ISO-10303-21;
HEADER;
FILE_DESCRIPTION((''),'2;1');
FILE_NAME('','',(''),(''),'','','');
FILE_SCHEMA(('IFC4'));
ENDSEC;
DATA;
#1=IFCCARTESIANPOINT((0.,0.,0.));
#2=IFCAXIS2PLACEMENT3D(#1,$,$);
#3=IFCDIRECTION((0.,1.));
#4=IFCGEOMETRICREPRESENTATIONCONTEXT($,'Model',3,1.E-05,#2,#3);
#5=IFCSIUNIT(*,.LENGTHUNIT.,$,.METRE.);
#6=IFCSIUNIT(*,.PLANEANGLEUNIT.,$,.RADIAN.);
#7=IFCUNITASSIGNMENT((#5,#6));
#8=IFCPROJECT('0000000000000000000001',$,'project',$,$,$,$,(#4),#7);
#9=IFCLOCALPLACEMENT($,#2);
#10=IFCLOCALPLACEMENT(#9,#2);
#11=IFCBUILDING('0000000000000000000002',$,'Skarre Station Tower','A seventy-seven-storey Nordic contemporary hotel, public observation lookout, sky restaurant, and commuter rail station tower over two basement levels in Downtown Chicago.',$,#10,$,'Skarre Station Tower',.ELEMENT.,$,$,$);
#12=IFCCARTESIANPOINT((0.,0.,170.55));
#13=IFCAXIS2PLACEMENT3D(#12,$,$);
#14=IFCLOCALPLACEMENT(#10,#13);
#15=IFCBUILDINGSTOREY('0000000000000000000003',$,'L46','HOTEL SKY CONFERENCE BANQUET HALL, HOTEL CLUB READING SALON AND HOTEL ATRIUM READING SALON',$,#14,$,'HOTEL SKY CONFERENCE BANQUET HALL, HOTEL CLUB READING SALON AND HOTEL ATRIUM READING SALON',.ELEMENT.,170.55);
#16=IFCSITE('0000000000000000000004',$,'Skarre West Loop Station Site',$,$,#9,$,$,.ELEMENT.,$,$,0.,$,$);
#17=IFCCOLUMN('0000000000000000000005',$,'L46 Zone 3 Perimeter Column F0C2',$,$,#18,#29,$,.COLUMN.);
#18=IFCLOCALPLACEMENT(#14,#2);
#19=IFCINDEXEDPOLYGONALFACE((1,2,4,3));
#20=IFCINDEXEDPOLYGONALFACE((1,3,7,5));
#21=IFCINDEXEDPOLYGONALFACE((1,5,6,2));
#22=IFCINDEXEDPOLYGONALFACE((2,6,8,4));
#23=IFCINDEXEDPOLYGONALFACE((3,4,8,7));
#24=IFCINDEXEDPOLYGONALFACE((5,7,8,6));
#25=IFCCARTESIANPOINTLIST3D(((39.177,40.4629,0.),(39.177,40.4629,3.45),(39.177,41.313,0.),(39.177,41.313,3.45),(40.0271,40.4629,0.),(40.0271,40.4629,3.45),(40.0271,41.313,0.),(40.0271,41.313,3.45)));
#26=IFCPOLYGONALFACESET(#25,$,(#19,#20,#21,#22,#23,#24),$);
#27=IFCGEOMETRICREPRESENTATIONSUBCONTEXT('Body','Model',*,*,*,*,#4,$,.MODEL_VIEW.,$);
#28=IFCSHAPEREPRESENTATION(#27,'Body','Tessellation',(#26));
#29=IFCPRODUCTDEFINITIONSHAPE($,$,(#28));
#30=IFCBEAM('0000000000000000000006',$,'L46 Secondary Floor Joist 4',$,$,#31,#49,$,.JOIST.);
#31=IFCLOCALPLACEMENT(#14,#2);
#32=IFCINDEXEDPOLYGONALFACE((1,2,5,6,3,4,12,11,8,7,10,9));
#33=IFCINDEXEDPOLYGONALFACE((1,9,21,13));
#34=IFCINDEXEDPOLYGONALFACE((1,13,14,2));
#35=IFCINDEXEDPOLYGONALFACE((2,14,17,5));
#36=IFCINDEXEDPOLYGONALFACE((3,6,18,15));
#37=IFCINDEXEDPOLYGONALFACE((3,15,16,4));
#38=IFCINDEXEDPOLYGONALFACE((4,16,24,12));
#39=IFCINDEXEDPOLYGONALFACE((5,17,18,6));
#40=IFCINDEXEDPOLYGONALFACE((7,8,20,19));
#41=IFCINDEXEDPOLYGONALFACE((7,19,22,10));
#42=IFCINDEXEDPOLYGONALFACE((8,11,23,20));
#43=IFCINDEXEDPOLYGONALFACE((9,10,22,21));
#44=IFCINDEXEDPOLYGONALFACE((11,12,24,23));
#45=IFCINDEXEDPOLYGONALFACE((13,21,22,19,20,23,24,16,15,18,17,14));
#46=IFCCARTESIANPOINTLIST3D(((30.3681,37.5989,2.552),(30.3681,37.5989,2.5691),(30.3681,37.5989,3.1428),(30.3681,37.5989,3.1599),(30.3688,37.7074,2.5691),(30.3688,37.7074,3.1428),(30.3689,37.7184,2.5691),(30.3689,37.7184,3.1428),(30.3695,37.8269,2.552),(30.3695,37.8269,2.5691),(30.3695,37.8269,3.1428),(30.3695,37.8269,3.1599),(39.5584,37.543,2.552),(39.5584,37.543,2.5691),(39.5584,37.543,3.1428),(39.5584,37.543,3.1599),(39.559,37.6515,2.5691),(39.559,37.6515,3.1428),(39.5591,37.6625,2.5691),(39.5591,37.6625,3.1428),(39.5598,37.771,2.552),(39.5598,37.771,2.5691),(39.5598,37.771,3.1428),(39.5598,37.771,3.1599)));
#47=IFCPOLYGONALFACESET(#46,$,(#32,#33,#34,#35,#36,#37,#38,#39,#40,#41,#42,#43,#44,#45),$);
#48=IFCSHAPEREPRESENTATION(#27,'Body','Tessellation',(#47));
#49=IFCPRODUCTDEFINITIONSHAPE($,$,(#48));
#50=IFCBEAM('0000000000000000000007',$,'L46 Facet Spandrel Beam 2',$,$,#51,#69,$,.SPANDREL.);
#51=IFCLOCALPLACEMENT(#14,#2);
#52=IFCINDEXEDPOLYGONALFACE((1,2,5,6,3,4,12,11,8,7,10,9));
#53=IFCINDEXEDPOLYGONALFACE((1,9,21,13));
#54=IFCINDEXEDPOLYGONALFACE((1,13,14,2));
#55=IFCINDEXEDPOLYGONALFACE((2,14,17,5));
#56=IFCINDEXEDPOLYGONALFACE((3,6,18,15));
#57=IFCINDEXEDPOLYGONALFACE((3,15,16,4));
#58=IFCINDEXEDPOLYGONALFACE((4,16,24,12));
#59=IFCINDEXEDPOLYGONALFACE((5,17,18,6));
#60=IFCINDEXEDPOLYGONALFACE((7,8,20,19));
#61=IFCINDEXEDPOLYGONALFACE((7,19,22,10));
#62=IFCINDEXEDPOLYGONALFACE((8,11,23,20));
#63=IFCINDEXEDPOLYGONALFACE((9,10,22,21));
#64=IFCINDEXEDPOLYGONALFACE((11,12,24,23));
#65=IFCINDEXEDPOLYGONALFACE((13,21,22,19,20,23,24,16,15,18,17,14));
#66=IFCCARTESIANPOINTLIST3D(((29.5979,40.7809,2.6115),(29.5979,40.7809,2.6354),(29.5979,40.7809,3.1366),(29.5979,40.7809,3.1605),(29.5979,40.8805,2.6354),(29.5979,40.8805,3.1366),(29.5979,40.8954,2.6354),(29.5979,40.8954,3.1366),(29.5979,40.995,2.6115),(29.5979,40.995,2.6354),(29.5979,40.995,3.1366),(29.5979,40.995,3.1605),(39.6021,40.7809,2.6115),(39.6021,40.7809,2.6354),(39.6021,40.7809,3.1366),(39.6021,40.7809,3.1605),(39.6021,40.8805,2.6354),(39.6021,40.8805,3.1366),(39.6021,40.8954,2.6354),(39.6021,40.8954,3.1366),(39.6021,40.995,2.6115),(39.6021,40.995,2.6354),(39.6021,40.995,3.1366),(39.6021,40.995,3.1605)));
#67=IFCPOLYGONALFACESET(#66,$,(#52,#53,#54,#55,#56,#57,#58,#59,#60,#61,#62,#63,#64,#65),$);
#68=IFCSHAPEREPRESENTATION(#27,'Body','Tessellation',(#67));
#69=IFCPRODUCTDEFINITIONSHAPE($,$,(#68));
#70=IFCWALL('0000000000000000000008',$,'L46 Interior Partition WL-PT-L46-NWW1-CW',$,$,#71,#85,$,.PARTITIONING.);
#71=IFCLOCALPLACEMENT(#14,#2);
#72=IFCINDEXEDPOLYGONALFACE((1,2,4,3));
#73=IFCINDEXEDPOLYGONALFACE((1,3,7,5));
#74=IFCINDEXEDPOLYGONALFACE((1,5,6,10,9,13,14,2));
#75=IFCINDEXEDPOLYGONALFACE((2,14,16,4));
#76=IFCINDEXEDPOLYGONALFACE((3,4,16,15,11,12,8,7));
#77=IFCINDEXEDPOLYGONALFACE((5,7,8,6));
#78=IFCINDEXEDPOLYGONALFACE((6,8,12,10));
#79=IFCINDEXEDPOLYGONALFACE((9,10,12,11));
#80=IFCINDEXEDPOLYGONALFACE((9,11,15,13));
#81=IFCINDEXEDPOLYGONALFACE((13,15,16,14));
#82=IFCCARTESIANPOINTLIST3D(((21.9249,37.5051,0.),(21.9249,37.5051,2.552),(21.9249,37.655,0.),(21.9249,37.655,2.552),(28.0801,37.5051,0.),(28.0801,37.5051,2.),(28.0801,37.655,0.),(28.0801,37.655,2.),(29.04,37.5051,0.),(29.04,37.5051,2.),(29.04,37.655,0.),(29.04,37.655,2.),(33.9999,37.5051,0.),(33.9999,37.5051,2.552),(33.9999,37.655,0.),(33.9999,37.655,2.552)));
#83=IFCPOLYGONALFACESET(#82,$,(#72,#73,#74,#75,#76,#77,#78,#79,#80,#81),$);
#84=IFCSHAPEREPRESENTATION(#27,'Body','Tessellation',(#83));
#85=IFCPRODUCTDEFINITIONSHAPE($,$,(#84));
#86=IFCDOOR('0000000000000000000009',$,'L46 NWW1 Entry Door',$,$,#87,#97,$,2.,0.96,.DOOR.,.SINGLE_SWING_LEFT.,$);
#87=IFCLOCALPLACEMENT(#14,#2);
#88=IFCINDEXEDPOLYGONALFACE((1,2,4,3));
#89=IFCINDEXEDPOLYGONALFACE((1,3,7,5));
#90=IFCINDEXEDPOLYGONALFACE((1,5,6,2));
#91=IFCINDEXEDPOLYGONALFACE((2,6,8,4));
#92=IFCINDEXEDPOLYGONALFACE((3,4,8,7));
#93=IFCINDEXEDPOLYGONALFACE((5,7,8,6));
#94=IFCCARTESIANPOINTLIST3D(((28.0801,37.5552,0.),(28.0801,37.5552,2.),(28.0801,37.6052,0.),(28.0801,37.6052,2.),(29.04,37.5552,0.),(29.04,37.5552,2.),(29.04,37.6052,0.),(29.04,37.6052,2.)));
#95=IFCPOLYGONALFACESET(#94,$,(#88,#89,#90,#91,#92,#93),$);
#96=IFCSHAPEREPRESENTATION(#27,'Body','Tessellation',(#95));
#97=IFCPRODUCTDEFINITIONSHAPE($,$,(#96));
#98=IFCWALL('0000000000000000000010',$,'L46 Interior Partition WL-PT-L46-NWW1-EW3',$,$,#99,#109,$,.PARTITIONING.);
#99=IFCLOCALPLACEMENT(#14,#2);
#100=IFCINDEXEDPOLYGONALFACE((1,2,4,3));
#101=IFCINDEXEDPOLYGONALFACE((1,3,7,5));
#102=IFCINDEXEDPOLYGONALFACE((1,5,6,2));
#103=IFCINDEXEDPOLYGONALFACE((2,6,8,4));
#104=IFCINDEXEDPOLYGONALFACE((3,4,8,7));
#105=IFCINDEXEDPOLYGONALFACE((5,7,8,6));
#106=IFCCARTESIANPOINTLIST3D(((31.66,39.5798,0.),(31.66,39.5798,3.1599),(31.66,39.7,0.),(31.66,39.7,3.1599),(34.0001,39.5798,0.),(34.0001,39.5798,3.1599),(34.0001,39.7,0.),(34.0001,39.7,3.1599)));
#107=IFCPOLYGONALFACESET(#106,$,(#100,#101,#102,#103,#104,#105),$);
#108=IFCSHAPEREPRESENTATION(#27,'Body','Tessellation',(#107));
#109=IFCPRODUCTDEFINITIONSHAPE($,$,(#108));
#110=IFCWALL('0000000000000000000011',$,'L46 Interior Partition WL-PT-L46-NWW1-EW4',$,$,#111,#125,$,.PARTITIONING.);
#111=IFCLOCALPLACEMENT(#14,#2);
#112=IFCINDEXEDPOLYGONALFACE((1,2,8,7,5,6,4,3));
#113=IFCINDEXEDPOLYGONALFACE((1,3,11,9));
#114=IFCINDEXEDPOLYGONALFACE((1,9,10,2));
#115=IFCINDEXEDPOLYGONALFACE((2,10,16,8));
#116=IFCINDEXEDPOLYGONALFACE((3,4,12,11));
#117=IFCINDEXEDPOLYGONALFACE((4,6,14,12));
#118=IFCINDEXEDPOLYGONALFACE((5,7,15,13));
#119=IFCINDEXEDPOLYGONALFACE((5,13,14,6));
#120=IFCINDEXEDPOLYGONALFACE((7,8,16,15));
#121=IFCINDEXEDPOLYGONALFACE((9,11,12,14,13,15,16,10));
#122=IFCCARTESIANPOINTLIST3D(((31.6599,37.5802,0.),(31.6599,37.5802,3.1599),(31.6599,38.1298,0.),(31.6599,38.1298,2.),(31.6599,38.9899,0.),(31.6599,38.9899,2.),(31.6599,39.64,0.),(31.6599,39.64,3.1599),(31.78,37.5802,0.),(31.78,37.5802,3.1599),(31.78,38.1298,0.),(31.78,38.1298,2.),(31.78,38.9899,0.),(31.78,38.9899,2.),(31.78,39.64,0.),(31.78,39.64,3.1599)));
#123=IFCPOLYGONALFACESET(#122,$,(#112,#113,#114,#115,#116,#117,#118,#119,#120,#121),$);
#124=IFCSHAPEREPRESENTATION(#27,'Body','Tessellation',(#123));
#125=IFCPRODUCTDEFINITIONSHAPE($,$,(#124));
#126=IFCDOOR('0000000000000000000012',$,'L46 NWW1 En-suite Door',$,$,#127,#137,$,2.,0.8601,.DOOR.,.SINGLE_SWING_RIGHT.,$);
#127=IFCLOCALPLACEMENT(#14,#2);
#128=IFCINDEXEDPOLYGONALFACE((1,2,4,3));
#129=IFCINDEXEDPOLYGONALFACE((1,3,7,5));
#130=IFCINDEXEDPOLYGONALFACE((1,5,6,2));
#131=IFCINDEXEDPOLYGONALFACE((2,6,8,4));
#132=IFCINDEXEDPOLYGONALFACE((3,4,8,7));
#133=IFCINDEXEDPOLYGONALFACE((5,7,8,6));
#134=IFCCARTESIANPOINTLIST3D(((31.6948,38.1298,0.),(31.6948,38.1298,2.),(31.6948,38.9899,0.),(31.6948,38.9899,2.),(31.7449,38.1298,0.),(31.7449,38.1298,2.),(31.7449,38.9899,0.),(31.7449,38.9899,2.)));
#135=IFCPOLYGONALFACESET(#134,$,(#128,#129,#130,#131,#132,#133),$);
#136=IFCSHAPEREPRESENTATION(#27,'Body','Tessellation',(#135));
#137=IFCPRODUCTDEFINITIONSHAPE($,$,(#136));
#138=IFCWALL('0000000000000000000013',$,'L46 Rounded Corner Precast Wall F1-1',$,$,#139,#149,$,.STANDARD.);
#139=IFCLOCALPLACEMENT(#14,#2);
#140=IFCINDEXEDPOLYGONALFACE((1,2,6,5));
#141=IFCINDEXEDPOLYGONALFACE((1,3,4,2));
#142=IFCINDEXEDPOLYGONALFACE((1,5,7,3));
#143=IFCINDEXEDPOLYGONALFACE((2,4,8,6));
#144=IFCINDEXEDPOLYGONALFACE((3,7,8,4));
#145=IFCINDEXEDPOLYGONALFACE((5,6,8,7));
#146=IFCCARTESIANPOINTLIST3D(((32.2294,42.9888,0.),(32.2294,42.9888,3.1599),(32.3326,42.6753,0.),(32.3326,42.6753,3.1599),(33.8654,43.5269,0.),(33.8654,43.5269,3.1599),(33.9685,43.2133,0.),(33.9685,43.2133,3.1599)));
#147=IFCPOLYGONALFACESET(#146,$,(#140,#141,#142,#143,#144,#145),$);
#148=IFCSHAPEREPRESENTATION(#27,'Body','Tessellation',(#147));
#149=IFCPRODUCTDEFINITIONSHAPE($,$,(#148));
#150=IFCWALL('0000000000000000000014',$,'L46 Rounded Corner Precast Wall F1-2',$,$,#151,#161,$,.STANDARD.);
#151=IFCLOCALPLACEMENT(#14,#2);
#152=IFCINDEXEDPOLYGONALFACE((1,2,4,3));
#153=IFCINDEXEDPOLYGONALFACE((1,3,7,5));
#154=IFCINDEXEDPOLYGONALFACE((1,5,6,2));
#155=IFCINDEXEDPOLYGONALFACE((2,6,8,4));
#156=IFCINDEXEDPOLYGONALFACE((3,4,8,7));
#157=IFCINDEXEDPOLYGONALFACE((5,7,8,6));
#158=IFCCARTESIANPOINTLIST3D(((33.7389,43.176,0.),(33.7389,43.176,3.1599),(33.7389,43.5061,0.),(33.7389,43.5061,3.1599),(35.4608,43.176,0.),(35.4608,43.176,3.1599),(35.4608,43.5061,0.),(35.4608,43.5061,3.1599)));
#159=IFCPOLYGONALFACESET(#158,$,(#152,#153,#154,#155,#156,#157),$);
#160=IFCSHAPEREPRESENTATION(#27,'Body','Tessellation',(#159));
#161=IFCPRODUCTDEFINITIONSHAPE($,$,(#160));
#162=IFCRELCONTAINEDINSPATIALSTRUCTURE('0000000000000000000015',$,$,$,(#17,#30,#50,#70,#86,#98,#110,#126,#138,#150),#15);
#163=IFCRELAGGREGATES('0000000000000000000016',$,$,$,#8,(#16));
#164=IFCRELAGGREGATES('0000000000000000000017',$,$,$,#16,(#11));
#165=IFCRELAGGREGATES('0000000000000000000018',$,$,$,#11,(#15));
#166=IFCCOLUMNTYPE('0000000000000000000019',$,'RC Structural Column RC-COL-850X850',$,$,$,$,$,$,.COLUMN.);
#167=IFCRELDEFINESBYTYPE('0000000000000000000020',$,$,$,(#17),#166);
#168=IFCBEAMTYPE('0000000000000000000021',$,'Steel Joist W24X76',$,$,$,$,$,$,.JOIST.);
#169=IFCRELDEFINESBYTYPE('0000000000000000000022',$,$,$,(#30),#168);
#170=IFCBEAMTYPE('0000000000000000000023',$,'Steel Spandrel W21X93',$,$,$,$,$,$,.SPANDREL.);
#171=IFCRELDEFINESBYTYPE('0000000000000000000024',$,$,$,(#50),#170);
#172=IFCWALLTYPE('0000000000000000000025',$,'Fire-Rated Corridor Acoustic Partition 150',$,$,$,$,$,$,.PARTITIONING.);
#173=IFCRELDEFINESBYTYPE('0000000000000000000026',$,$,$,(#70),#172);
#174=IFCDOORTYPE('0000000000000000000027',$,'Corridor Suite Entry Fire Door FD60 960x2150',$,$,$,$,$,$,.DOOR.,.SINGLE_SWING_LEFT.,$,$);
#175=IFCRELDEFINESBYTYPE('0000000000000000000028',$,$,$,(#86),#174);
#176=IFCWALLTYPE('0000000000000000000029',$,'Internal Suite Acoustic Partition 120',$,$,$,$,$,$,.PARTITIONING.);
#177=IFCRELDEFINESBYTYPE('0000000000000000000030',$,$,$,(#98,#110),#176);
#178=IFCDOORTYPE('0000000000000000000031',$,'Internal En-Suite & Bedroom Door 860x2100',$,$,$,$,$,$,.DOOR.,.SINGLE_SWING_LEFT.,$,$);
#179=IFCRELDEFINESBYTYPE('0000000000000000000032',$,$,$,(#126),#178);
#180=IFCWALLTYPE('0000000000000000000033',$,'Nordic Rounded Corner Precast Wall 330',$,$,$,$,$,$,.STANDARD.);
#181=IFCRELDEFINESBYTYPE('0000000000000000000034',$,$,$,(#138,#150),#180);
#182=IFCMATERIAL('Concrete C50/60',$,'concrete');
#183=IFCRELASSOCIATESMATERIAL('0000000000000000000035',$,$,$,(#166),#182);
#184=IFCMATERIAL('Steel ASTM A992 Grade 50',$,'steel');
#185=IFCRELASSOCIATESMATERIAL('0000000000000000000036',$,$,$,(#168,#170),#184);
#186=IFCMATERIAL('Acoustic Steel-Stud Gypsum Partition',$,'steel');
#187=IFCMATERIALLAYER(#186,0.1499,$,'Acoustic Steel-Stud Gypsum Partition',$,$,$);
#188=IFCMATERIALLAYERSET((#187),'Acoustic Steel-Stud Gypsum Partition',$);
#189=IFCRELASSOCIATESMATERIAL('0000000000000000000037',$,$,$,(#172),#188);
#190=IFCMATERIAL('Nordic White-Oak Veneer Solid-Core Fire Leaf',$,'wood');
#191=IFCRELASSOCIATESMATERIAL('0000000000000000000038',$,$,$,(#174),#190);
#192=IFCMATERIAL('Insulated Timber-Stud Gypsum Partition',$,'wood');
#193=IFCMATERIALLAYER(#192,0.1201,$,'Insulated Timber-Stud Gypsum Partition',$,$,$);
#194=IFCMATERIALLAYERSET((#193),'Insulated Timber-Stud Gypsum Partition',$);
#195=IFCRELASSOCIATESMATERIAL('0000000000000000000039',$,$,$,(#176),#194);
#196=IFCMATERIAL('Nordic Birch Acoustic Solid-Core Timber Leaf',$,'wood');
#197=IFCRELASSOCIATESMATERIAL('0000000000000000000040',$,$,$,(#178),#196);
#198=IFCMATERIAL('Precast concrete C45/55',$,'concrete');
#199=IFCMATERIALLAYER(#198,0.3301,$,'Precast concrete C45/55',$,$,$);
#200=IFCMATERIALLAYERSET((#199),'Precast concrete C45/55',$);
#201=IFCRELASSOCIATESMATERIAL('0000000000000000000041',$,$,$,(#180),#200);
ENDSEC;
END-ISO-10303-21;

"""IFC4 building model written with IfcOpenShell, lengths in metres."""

from ifc_helpers import new_model, si_unit, direction, frame, frame_2d, origin, origin_2d, place, context, subcontext, project, spatial, rectangle, i_section, extrude, material, layer, layer_set, material_profile, profile_set, type_object, element, fill, save


model = new_model("IFC4")

# Units and contexts
model_context = context("Model", 3, precision=1e-05, world=origin(), true_north=direction((0.0, 1.0)))
body_context = subcontext(model_context, "Body", "Model", "MODEL_VIEW")
ifc_project = project(units=[si_unit("LENGTHUNIT", "METRE"), si_unit("PLANEANGLEUNIT", "RADIAN")], contexts=[model_context])

# Site, building, storey
site_placement = place(None, origin())
site = spatial("IfcSite", under=ifc_project, at=site_placement, Name="Skarre West Loop Station Site", CompositionType="ELEMENT", RefElevation=0.0)
building_placement = place(site_placement, origin())
building = spatial("IfcBuilding", under=site, at=building_placement, Name="Skarre Station Tower", Description="A seventy-seven-storey Nordic contemporary hotel, public observation lookout, sky restaurant, and commuter rail station tower over two basement levels in Downtown Chicago.", LongName="Skarre Station Tower", CompositionType="ELEMENT")
storey_placement = place(building_placement, frame((0.0, 0.0, 170.55)))
storey = spatial("IfcBuildingStorey", under=building, at=storey_placement, Name="L46", Description="HOTEL SKY CONFERENCE BANQUET HALL, HOTEL CLUB READING SALON AND HOTEL ATRIUM READING SALON", LongName="HOTEL SKY CONFERENCE BANQUET HALL, HOTEL CLUB READING SALON AND HOTEL ATRIUM READING SALON", CompositionType="ELEMENT", Elevation=170.55)

# Column
ifc_material_1 = material(Name="Concrete C50/60", Category="concrete")
ifc_material_profile_1 = material_profile(ifc_material_1, rectangle(XDim=0.8501, YDim=0.8501, at=origin_2d()), Name="Concrete C50/60")
ifc_profile_set_1 = profile_set([ifc_material_profile_1], Name="Concrete C50/60")
column_type = type_object("IfcColumnType", Name="RC Structural Column RC-COL-850X850", PredefinedType="COLUMN", material=ifc_profile_set_1)
column_placement = place(storey_placement, frame((39.6021, 40.8879, 0.0), z_axis=(0.0, 0.0, 1.0), x_axis=(1.0, 0.0, 0.0)))
element("IfcColumn", 1, at=column_placement, inside=storey, type_object=column_type, Name="L46 Zone 3 Perimeter Column F0C2", PredefinedType="COLUMN", context=body_context, shape_type="SweptSolid", body=[
    extrude(rectangle(XDim=0.8501, YDim=0.8501, at=origin_2d()), origin(), (0.0, 0.0, 1.0), 3.45),
])

# Beams
ifc_material_2 = material(Name="Steel ASTM A992 Grade 50", Category="steel")
ifc_material_profile_2 = material_profile(ifc_material_2, i_section(OverallWidth=0.228, OverallDepth=0.6079, WebThickness=0.011, FlangeThickness=0.0171, at=origin_2d()), Name="Steel ASTM A992 Grade 50")
ifc_profile_set_2 = profile_set([ifc_material_profile_2], Name="Steel ASTM A992 Grade 50")
beam_type_1 = type_object("IfcBeamType", Name="Steel Joist W24X76", PredefinedType="JOIST", material=ifc_profile_set_2)
beam_1_placement = place(storey_placement, frame((39.5591, 37.657, 2.856), z_axis=(-0.999981, 0.006083, 0.0), x_axis=(-0.006083, -0.999981, 0.0)))
element("IfcBeam", 2, at=beam_1_placement, inside=storey, type_object=beam_type_1, Name="L46 Secondary Floor Joist 4", PredefinedType="JOIST", context=body_context, shape_type="SweptSolid", body=[
    extrude(i_section(OverallWidth=0.228, OverallDepth=0.6079, WebThickness=0.011, FlangeThickness=0.0171, at=origin_2d()), origin(), (0.0, 0.0, 1.0), 9.1904),
])
ifc_material_profile_3 = material_profile(ifc_material_2, i_section(OverallWidth=0.2141, OverallDepth=0.5491, WebThickness=0.0149, FlangeThickness=0.0239, at=origin_2d()), Name="Steel ASTM A992 Grade 50")
ifc_profile_set_3 = profile_set([ifc_material_profile_3], Name="Steel ASTM A992 Grade 50")
beam_type_2 = type_object("IfcBeamType", Name="Steel Spandrel W21X93", PredefinedType="SPANDREL", material=ifc_profile_set_3)
beam_2_placement = place(storey_placement, frame((39.6021, 40.8879, 2.886), z_axis=(-1.0, 0.0, 0.0), x_axis=(0.0, -1.0, 0.0)))
element("IfcBeam", 3, at=beam_2_placement, inside=storey, type_object=beam_type_2, Name="L46 Facet Spandrel Beam 2", PredefinedType="SPANDREL", context=body_context, shape_type="SweptSolid", body=[
    extrude(i_section(OverallWidth=0.2141, OverallDepth=0.5491, WebThickness=0.0149, FlangeThickness=0.0239, at=origin_2d()), origin(), (0.0, 0.0, 1.0), 10.0042),
])

# Wall, opening, door
ifc_material_3 = material(Name="Acoustic Steel-Stud Gypsum Partition", Category="steel")
ifc_layer_1 = layer(ifc_material_3, 0.1499, Name="Acoustic Steel-Stud Gypsum Partition")
ifc_layer_set_1 = layer_set([ifc_layer_1], Name="Acoustic Steel-Stud Gypsum Partition")
wall_type_1 = type_object("IfcWallType", Name="Fire-Rated Corridor Acoustic Partition 150", PredefinedType="PARTITIONING", material=ifc_layer_set_1)
wall_1_placement = place(storey_placement, frame((34.0, 37.5801, 0.0), z_axis=(0.0, 0.0, 1.0), x_axis=(-1.0, 0.0, 0.0)))
wall_1 = element("IfcWall", 4, at=wall_1_placement, inside=storey, type_object=wall_type_1, Name="L46 Interior Partition WL-PT-L46-NWW1-CW", PredefinedType="PARTITIONING", context=body_context, shape_type="SweptSolid", body=[
    extrude(rectangle(XDim=12.075, YDim=0.1499, at=frame_2d((6.0376, 0.0))), origin(), (0.0, 0.0, 1.0), 2.552),
])
opening_1_placement = place(wall_1_placement, frame((4.96, 0.0, 0.0)))
opening_1 = element("IfcOpeningElement", 5, at=opening_1_placement, cuts=wall_1, PredefinedType="OPENING", context=body_context, shape_type="SweptSolid", body=[
    extrude(rectangle(XDim=0.96, YDim=2.0, at=frame_2d((0.48, 1.0))), frame((0.0, 0.085, 0.0), z_axis=(0.0, -1.0, 0.0), x_axis=(1.0, 0.0, 0.0)), (0.0, 0.0, 1.0), 0.1699),
])
ifc_material_4 = material(Name="Nordic White-Oak Veneer Solid-Core Fire Leaf", Category="wood")
door_type_1 = type_object("IfcDoorType", Name="Corridor Suite Entry Fire Door FD60 960x2150", OperationType="SINGLE_SWING_LEFT", PredefinedType="DOOR", material=ifc_material_4)
door_1_placement = place(opening_1_placement, origin())
door_1 = element("IfcDoor", 6, at=door_1_placement, inside=storey, type_object=door_type_1, Name="L46 NWW1 Entry Door", OperationType="SINGLE_SWING_LEFT", OverallHeight=2.0, OverallWidth=0.96, PredefinedType="DOOR", context=body_context, shape_type="SweptSolid", body=[
    extrude(rectangle(XDim=0.96, YDim=2.0, at=frame_2d((0.48, 1.0))), frame((0.0, 0.0249, 0.0), z_axis=(0.0, -1.0, 0.0), x_axis=(1.0, 0.0, 0.0)), (0.0, 0.0, 1.0), 0.05),
])
fill(opening_1, door_1)

# Wall
ifc_material_5 = material(Name="Insulated Timber-Stud Gypsum Partition", Category="wood")
ifc_layer_2 = layer(ifc_material_5, 0.1201, Name="Insulated Timber-Stud Gypsum Partition")
ifc_layer_set_2 = layer_set([ifc_layer_2], Name="Insulated Timber-Stud Gypsum Partition")
wall_type_2 = type_object("IfcWallType", Name="Internal Suite Acoustic Partition 120", PredefinedType="PARTITIONING", material=ifc_layer_set_2)
wall_2_placement = place(storey_placement, frame((34.0, 39.6399, 0.0), z_axis=(0.0, 0.0, 1.0), x_axis=(-1.0, 0.0, 0.0)))
element("IfcWall", 7, at=wall_2_placement, inside=storey, type_object=wall_type_2, Name="L46 Interior Partition WL-PT-L46-NWW1-EW3", PredefinedType="PARTITIONING", context=body_context, shape_type="SweptSolid", body=[
    extrude(rectangle(XDim=2.3401, YDim=0.1201, at=frame_2d((1.1699, 0.0))), origin(), (0.0, 0.0, 1.0), 3.1599),
])

# Wall, opening, door
wall_3_placement = place(storey_placement, frame((31.72, 39.6399, 0.0), z_axis=(0.0, 0.0, 1.0), x_axis=(0.0, -1.0, 0.0)))
wall_3 = element("IfcWall", 8, at=wall_3_placement, inside=storey, type_object=wall_type_2, Name="L46 Interior Partition WL-PT-L46-NWW1-EW4", PredefinedType="PARTITIONING", context=body_context, shape_type="SweptSolid", body=[
    extrude(rectangle(XDim=2.0598, YDim=0.1201, at=frame_2d((1.0298, 0.0))), origin(), (0.0, 0.0, 1.0), 3.1599),
])
opening_2_placement = place(wall_3_placement, frame((0.6499, 0.0, 0.0)))
opening_2 = element("IfcOpeningElement", 9, at=opening_2_placement, cuts=wall_3, PredefinedType="OPENING", context=body_context, shape_type="SweptSolid", body=[
    extrude(rectangle(XDim=0.8601, YDim=2.0, at=frame_2d((0.4302, 1.0))), frame((0.0, 0.0701, 0.0), z_axis=(0.0, -1.0, 0.0), x_axis=(1.0, 0.0, 0.0)), (0.0, 0.0, 1.0), 0.1401),
])
ifc_material_6 = material(Name="Nordic Birch Acoustic Solid-Core Timber Leaf", Category="wood")
door_type_2 = type_object("IfcDoorType", Name="Internal En-Suite & Bedroom Door 860x2100", OperationType="SINGLE_SWING_LEFT", PredefinedType="DOOR", material=ifc_material_6)
door_2_placement = place(opening_2_placement, origin())
door_2 = element("IfcDoor", 10, at=door_2_placement, inside=storey, type_object=door_type_2, Name="L46 NWW1 En-suite Door", OperationType="SINGLE_SWING_RIGHT", OverallHeight=2.0, OverallWidth=0.8601, PredefinedType="DOOR", context=body_context, shape_type="SweptSolid", body=[
    extrude(rectangle(XDim=0.8601, YDim=2.0, at=frame_2d((0.4302, 1.0))), frame((0.0, 0.0249, 0.0), z_axis=(0.0, -1.0, 0.0), x_axis=(1.0, 0.0, 0.0)), (0.0, 0.0, 1.0), 0.05),
])
fill(opening_2, door_2)

# Walls
ifc_material_7 = material(Name="Precast concrete C45/55", Category="concrete")
ifc_layer_3 = layer(ifc_material_7, 0.3301, Name="Precast concrete C45/55")
ifc_layer_set_3 = layer_set([ifc_layer_3], Name="Precast concrete C45/55")
wall_type_3 = type_object("IfcWallType", Name="Nordic Rounded Corner Precast Wall 330", PredefinedType="STANDARD", material=ifc_layer_set_3)
wall_4_placement = place(storey_placement, frame((32.281, 42.832, 0.0), z_axis=(0.0, 0.0, 1.0), x_axis=(0.949937, 0.31244, 0.0)))
element("IfcWall", 11, at=wall_4_placement, inside=storey, type_object=wall_type_3, Name="L46 Rounded Corner Precast Wall F1-1", PredefinedType="STANDARD", context=body_context, shape_type="SweptSolid", body=[
    extrude(rectangle(XDim=1.7222, YDim=0.3301, at=frame_2d((0.8611, 0.0))), origin(), (0.0, 0.0, 1.0), 3.1599),
])
wall_5_placement = place(storey_placement, frame((33.739, 43.3411, 0.0), z_axis=(0.0, 0.0, 1.0), x_axis=(1.0, 0.0, 0.0)))
element("IfcWall", 12, at=wall_5_placement, inside=storey, type_object=wall_type_3, Name="L46 Rounded Corner Precast Wall F1-2", PredefinedType="STANDARD", context=body_context, shape_type="SweptSolid", body=[
    extrude(rectangle(XDim=1.7219, YDim=0.3301, at=frame_2d((0.8608, 0.0))), origin(), (0.0, 0.0, 1.0), 3.1599),
])

save(model, "model.ifc")
